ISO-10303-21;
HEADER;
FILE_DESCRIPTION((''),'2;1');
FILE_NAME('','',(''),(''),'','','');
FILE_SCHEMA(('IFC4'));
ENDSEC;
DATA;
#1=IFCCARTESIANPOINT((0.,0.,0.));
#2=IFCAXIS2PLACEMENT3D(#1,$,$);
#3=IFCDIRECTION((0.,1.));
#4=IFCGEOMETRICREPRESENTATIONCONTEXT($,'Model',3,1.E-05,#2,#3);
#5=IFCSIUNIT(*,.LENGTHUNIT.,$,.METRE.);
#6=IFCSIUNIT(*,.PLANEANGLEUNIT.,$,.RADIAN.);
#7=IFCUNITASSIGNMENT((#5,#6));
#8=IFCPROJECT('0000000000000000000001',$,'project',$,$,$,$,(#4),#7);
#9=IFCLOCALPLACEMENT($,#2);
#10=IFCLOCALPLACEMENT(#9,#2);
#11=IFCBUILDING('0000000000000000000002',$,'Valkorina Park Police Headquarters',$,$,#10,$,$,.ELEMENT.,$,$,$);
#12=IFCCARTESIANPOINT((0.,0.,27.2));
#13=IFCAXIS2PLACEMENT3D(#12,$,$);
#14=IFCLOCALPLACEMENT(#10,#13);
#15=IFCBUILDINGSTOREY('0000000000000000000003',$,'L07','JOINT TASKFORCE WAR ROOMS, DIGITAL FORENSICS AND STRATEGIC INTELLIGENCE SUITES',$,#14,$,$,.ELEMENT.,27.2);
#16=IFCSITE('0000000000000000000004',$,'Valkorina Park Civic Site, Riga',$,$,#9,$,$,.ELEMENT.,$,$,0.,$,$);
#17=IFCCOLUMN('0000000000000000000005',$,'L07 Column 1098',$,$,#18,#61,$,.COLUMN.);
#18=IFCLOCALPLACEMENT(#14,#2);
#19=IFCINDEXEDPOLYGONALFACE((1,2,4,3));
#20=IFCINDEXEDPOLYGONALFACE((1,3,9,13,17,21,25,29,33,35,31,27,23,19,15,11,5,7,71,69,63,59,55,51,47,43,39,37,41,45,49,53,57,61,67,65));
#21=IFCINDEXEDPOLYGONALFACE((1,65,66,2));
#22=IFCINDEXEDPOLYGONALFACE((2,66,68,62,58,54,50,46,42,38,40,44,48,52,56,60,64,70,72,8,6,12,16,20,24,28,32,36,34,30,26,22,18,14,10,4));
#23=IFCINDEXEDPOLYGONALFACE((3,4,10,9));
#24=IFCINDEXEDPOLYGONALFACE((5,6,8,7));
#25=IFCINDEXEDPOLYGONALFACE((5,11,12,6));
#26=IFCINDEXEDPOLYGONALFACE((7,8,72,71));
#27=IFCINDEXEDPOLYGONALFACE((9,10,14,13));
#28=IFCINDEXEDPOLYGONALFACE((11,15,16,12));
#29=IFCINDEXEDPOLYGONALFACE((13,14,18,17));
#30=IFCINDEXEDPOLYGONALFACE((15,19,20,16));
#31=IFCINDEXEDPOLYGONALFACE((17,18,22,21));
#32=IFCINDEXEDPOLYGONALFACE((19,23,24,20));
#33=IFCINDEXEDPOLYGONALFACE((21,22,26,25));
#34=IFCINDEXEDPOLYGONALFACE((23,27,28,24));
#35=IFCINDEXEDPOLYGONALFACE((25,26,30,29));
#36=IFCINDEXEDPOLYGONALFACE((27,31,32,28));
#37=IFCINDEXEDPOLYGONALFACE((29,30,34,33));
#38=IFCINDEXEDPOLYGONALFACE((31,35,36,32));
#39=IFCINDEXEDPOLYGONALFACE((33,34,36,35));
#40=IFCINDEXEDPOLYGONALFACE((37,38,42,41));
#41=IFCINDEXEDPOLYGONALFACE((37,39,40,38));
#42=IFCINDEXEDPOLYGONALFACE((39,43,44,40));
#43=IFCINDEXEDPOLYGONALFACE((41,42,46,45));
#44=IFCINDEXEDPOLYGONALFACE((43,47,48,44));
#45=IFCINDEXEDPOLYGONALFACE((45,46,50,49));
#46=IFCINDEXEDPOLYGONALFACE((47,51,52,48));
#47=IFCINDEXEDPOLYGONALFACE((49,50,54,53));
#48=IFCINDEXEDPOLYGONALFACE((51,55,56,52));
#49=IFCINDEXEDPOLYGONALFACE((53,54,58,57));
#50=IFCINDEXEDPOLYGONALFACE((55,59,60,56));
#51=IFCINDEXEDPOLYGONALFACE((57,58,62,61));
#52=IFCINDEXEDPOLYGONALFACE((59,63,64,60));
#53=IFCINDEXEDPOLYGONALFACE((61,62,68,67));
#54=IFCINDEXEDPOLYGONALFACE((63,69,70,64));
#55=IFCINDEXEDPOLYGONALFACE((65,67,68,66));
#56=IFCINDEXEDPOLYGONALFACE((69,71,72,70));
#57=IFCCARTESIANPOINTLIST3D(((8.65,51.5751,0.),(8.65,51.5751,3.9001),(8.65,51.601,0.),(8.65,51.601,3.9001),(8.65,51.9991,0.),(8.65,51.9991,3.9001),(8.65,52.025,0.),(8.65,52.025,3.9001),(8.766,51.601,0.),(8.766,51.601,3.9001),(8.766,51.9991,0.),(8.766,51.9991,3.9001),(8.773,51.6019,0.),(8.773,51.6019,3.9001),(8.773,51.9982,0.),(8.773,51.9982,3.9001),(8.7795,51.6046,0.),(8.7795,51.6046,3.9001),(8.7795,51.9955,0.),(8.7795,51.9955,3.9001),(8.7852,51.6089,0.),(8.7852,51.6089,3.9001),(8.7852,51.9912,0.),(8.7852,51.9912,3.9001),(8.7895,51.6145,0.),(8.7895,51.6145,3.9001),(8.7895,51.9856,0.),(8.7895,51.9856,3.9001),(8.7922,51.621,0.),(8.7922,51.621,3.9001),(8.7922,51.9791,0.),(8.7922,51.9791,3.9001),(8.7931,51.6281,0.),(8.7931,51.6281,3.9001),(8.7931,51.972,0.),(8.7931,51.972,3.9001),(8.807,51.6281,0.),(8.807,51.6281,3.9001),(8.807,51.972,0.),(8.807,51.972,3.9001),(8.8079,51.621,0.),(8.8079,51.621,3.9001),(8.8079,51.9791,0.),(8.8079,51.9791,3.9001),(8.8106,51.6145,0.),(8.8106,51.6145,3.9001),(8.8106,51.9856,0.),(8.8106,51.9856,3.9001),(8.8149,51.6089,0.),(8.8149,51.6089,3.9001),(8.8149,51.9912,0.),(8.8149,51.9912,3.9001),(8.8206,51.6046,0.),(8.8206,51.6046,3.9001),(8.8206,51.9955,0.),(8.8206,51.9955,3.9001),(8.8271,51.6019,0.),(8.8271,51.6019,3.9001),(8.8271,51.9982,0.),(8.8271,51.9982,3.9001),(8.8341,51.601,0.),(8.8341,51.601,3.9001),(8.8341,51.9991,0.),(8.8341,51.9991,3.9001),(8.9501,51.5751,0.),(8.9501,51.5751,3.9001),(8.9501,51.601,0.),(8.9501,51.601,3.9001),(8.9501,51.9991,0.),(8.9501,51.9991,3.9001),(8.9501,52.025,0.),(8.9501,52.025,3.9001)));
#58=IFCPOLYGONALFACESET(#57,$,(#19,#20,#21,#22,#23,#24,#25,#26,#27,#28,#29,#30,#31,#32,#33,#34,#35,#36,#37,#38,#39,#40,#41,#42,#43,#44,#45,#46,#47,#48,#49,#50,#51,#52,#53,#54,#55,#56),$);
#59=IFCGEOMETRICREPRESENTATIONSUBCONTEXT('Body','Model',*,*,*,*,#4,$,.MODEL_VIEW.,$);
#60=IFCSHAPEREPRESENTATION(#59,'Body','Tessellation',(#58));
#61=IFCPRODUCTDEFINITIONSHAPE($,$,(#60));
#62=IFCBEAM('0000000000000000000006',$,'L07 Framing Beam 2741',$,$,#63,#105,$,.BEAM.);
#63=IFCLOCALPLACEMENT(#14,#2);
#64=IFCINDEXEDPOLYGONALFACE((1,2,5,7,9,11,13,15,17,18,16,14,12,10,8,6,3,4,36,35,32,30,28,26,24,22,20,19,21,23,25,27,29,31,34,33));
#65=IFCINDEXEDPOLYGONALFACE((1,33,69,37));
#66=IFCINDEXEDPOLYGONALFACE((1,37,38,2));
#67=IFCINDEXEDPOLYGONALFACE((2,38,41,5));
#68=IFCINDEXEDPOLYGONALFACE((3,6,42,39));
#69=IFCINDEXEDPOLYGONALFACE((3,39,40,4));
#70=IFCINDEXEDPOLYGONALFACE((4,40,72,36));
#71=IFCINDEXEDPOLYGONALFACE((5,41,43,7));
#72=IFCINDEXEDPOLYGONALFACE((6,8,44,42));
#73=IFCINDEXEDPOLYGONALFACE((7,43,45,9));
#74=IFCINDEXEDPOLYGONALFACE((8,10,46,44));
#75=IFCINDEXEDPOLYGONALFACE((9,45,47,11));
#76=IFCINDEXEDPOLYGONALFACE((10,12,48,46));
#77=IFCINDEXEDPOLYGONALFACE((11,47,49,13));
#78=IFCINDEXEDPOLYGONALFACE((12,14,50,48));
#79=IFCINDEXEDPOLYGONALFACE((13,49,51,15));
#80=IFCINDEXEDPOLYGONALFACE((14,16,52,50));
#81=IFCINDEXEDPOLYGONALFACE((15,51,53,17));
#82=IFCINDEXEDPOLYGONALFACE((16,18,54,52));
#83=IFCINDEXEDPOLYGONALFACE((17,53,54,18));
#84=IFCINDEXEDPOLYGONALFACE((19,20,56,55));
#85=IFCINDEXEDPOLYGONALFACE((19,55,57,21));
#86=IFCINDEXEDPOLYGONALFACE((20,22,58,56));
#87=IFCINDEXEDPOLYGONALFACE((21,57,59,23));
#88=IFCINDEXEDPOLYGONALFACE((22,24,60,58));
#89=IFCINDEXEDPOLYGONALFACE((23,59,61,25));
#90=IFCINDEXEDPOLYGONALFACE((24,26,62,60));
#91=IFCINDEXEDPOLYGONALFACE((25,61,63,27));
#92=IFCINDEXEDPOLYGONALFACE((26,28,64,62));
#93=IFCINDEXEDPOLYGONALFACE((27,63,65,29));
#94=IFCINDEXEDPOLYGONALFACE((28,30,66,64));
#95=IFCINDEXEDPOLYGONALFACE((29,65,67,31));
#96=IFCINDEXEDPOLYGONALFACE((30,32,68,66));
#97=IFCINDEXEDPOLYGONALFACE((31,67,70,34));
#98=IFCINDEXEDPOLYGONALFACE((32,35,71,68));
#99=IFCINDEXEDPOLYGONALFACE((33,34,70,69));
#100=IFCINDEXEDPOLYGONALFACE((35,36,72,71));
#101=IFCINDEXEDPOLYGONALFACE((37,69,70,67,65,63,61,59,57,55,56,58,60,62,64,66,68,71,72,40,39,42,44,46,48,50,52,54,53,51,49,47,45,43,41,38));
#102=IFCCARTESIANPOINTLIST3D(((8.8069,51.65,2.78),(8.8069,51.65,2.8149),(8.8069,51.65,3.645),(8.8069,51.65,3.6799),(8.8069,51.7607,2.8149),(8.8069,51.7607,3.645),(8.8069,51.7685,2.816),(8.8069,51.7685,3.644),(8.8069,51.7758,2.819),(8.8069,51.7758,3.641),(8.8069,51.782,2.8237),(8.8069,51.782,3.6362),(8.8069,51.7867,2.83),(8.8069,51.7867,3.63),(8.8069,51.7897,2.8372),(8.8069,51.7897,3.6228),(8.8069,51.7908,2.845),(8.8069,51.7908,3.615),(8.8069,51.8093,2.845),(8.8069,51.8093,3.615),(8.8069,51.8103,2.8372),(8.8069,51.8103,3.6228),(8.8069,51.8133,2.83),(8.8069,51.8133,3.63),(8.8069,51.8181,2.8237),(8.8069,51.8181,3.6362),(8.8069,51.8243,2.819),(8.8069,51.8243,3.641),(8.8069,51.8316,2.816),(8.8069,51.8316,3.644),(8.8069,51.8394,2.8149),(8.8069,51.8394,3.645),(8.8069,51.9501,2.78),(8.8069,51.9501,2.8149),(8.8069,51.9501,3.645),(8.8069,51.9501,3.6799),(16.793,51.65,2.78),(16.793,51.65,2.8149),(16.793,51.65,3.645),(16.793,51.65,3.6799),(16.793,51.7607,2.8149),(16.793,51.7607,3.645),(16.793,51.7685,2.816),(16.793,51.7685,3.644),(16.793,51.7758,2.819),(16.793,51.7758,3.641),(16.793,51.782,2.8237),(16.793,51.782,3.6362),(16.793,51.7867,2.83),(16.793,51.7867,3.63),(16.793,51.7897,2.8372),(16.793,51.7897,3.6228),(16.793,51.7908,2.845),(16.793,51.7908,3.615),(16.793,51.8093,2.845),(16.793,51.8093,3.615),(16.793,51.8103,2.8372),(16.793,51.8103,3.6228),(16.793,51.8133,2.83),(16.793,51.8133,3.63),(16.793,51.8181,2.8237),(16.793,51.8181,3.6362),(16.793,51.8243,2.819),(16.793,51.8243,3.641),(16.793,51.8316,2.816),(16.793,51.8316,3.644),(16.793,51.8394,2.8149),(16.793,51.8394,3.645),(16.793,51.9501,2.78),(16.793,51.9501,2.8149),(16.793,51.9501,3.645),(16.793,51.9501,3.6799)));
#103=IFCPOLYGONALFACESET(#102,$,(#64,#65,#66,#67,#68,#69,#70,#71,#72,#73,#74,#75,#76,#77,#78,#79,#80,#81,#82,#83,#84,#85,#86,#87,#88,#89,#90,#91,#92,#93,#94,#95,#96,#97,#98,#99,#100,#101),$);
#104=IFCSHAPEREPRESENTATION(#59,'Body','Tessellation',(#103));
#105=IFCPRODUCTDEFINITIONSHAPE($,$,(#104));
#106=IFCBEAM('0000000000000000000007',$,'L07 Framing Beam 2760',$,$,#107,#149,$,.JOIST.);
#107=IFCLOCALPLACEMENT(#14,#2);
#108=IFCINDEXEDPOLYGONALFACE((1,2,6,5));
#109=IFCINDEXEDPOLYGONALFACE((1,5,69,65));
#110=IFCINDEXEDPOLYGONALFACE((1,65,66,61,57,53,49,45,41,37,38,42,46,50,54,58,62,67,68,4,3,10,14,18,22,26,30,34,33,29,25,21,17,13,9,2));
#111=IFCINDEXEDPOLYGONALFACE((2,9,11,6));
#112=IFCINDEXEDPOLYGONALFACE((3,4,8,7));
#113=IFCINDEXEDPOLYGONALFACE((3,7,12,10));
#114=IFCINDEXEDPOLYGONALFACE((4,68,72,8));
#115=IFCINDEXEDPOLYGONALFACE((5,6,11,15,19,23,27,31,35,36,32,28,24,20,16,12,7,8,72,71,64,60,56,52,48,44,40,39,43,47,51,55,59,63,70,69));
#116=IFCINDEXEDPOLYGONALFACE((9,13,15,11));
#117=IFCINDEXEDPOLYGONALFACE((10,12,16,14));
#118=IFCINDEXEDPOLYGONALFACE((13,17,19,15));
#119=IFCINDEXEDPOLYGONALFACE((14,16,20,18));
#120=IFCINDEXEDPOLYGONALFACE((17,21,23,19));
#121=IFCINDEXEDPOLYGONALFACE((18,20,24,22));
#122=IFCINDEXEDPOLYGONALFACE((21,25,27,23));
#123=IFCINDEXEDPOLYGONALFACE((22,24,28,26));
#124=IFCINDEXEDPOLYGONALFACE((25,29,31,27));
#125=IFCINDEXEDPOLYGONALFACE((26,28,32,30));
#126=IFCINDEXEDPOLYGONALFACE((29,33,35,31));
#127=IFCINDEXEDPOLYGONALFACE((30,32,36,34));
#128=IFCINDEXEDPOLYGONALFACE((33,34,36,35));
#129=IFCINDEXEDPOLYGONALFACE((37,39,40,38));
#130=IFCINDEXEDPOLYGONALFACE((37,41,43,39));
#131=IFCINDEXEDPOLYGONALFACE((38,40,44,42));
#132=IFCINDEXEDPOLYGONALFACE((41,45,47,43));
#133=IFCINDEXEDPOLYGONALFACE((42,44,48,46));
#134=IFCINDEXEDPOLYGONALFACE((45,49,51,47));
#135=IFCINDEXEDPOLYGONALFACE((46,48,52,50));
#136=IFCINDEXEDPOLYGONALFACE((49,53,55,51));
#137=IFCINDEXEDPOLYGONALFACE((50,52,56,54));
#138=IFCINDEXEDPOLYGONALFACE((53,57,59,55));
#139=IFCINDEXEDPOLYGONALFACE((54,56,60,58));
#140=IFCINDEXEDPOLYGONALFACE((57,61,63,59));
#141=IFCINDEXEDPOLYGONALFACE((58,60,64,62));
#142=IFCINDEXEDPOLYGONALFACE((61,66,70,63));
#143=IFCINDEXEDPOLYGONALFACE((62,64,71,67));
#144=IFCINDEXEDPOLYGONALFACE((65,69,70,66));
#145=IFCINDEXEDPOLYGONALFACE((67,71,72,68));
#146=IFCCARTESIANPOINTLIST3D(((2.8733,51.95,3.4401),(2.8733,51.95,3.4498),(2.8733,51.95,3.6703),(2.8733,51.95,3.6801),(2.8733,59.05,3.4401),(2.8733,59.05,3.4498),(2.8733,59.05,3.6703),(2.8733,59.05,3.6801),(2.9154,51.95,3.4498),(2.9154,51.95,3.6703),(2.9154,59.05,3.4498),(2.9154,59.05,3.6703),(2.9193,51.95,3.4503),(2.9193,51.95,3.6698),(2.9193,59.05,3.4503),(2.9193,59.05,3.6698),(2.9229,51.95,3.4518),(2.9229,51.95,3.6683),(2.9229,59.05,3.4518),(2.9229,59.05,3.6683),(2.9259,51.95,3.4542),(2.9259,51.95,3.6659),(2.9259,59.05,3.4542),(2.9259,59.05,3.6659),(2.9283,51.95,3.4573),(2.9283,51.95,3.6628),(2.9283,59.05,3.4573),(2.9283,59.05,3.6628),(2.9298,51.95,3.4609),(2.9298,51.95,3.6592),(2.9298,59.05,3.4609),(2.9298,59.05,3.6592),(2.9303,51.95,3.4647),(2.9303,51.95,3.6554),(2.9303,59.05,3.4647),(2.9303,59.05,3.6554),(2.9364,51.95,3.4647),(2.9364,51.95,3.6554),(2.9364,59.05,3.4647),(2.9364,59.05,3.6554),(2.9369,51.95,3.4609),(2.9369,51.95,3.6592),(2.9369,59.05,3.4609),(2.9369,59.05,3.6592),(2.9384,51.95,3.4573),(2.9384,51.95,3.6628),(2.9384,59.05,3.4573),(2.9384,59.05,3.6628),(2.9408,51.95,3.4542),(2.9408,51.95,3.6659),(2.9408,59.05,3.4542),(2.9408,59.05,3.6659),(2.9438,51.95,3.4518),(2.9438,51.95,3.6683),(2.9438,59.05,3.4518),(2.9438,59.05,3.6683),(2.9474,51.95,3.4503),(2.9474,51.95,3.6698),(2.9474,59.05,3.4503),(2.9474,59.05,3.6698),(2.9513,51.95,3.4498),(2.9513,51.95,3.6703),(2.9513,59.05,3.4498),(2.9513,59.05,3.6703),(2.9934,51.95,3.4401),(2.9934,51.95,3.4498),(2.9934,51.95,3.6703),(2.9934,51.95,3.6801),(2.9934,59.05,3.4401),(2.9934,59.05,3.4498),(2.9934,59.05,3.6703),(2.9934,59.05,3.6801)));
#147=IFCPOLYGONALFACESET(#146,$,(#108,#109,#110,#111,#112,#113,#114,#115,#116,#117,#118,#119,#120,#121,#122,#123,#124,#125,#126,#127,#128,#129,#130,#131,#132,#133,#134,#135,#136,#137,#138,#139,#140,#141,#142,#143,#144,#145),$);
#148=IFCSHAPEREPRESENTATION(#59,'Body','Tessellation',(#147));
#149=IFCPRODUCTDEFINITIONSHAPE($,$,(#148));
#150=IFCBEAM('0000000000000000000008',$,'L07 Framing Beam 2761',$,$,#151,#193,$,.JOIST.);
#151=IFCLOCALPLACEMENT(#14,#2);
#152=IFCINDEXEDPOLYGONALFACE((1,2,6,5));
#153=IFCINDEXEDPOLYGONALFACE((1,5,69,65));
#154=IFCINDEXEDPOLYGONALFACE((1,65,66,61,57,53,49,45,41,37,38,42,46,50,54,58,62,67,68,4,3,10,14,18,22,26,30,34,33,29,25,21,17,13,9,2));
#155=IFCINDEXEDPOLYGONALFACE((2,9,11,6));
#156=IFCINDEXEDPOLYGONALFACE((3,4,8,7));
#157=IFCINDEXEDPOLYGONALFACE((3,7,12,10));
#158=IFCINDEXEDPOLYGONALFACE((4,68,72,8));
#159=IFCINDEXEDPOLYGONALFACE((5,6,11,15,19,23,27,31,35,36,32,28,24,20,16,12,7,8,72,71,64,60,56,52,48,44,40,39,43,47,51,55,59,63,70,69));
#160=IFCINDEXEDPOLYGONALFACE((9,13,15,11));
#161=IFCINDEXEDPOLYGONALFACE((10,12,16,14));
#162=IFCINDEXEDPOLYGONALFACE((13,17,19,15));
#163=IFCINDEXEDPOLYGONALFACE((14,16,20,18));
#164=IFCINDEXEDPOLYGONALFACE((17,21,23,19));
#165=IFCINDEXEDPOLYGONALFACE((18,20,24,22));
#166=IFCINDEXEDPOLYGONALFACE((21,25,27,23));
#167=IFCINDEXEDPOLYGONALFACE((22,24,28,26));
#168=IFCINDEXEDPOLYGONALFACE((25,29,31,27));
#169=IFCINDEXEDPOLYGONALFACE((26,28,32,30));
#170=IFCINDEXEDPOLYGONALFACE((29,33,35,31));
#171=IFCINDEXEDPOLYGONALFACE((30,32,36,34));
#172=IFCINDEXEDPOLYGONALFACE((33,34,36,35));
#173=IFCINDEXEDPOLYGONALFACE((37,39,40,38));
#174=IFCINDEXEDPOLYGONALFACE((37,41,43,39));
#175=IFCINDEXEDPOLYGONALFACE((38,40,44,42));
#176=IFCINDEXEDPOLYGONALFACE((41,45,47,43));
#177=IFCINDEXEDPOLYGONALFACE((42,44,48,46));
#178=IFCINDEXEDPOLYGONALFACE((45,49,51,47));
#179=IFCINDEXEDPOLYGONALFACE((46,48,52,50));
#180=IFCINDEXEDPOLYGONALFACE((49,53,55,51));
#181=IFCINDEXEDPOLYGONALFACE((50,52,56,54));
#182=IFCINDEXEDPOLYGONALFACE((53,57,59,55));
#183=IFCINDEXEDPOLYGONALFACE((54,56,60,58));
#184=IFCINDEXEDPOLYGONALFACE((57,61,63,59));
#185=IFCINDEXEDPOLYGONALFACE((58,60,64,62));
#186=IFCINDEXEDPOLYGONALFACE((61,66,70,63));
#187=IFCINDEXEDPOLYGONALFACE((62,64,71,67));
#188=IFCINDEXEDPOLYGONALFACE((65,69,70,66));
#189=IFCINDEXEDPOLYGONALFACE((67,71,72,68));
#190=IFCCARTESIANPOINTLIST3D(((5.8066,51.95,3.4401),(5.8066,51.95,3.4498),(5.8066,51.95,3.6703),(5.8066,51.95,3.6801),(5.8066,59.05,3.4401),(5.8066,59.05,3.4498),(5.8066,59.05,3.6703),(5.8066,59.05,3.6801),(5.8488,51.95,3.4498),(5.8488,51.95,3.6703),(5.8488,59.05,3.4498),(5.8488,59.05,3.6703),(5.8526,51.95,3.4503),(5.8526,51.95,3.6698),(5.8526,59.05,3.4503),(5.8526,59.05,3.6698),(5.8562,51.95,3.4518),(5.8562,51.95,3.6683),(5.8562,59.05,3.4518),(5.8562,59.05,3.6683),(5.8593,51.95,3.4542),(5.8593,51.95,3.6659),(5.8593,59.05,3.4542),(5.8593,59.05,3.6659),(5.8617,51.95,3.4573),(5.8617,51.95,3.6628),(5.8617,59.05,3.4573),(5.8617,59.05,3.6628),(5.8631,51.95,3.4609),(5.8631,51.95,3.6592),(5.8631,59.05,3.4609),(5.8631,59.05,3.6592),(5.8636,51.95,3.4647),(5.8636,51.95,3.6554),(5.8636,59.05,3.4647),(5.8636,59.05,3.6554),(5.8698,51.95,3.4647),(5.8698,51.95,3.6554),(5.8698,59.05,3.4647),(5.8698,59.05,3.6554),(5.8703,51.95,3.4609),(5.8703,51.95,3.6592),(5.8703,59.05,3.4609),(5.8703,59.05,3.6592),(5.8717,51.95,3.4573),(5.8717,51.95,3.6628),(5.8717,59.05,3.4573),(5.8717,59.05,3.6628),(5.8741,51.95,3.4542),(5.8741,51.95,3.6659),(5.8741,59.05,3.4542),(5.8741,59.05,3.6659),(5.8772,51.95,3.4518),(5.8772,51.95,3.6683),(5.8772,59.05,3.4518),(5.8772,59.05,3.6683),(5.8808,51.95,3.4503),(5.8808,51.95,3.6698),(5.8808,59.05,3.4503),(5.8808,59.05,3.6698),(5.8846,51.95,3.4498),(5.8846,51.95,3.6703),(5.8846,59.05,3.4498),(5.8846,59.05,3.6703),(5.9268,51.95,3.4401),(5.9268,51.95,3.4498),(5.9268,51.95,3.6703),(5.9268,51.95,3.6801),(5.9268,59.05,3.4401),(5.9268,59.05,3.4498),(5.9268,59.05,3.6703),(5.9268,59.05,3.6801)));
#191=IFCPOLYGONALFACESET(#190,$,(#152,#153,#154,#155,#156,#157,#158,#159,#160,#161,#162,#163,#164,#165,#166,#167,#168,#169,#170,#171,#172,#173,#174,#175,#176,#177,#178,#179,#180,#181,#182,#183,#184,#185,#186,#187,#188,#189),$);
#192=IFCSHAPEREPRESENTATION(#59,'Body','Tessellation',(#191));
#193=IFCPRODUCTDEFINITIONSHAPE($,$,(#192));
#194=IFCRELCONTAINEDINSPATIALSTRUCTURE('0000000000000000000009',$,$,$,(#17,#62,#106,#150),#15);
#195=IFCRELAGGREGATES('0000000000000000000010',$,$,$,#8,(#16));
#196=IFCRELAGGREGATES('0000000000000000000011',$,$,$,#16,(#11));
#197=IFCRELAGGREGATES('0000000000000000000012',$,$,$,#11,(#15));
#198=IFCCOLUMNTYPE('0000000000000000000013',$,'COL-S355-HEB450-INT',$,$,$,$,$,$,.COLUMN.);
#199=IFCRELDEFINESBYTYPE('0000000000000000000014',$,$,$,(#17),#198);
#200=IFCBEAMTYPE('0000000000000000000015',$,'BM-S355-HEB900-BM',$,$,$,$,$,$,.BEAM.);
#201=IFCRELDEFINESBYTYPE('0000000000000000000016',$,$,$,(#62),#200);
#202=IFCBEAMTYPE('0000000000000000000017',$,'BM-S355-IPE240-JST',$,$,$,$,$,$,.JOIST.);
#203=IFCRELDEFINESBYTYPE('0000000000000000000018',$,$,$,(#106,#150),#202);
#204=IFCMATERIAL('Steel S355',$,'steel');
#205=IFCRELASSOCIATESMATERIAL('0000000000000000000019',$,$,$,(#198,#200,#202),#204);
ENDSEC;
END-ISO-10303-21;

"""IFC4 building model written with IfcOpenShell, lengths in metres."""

from ifc_helpers import new_model, si_unit, direction, frame, origin, origin_2d, place, context, subcontext, project, spatial, i_section, extrude, material, material_profile, profile_set, type_object, element, save


model = new_model("IFC4")

# Units and contexts
model_context = context("Model", 3, precision=1e-05, world=origin(), true_north=direction((0.0, 1.0)))
body_context = subcontext(model_context, "Body", "Model", "MODEL_VIEW")
ifc_project = project(units=[si_unit("LENGTHUNIT", "METRE"), si_unit("PLANEANGLEUNIT", "RADIAN")], contexts=[model_context])

# Site, building, storey
site_placement = place(None, origin())
site = spatial("IfcSite", under=ifc_project, at=site_placement, Name="Valkorina Park Civic Site, Riga", CompositionType="ELEMENT", RefElevation=0.0)
building_placement = place(site_placement, origin())
building = spatial("IfcBuilding", under=site, at=building_placement, Name="Valkorina Park Police Headquarters", CompositionType="ELEMENT")
storey_placement = place(building_placement, frame((0.0, 0.0, 27.2)))
storey = spatial("IfcBuildingStorey", under=building, at=storey_placement, Name="L07", Description="JOINT TASKFORCE WAR ROOMS, DIGITAL FORENSICS AND STRATEGIC INTELLIGENCE SUITES", CompositionType="ELEMENT", Elevation=27.2)

# Column
ifc_material_1 = material(Name="Steel S355", Category="steel")
ifc_material_profile_1 = material_profile(ifc_material_1, i_section(OverallWidth=0.3, OverallDepth=0.45, WebThickness=0.0139, FlangeThickness=0.0259, FilletRadius=0.0271, at=origin_2d()), Name="HEB 450")
ifc_profile_set_1 = profile_set([ifc_material_profile_1], Name="Steel S355")
column_type = type_object("IfcColumnType", Name="COL-S355-HEB450-INT", PredefinedType="COLUMN", material=ifc_profile_set_1)
column_placement = place(storey_placement, frame((8.8, 51.8, 0.0), z_axis=(0.0, 0.0, 1.0), x_axis=(1.0, 0.0, 0.0)))
element("IfcColumn", 1, at=column_placement, inside=storey, type_object=column_type, Name="L07 Column 1098", PredefinedType="COLUMN", context=body_context, shape_type="SweptSolid", body=[
    extrude(i_section(OverallWidth=0.3, OverallDepth=0.45, WebThickness=0.0139, FlangeThickness=0.0259, FilletRadius=0.0271, at=origin_2d()), origin(), (0.0, 0.0, 1.0), 3.9001),
])

# Beams
ifc_material_profile_2 = material_profile(ifc_material_1, i_section(OverallWidth=0.3, OverallDepth=0.8999, WebThickness=0.0186, FlangeThickness=0.0349, FilletRadius=0.03, at=origin_2d()), Name="HEB 900")
ifc_profile_set_2 = profile_set([ifc_material_profile_2], Name="Steel S355")
beam_type_1 = type_object("IfcBeamType", Name="BM-S355-HEB900-BM", PredefinedType="BEAM", material=ifc_profile_set_2)
beam_1_placement = place(storey_placement, frame((8.8069, 51.8, 3.23), z_axis=(1.0, 0.0, 0.0), x_axis=(0.0, 1.0, 0.0)))
element("IfcBeam", 2, at=beam_1_placement, inside=storey, type_object=beam_type_1, Name="L07 Framing Beam 2741", PredefinedType="BEAM", context=body_context, shape_type="SweptSolid", body=[
    extrude(i_section(OverallWidth=0.3, OverallDepth=0.8999, WebThickness=0.0186, FlangeThickness=0.0349, FilletRadius=0.03, at=origin_2d()), origin(), (0.0, 0.0, 1.0), 7.9861),
])
ifc_material_profile_3 = material_profile(ifc_material_1, i_section(OverallWidth=0.1201, OverallDepth=0.24, WebThickness=0.0061, FlangeThickness=0.0098, FilletRadius=0.0149, at=origin_2d()), Name="IPE 240")
ifc_profile_set_3 = profile_set([ifc_material_profile_3], Name="Steel S355")
beam_type_2 = type_object("IfcBeamType", Name="BM-S355-IPE240-JST", PredefinedType="JOIST", material=ifc_profile_set_3)
for number, where, z_axis, x_axis, name in (
    (3, (2.9333, 51.95, 3.5601), (0.0, 1.0, 0.0), (-1.0, 0.0, 0.0), "L07 Framing Beam 2760"),
    (4, (5.8667, 51.95, 3.5601), (0.0, 1.0, 0.0), (-1.0, 0.0, 0.0), "L07 Framing Beam 2761"),
):
    element("IfcBeam", number, at=place(storey_placement, frame(where, z_axis=z_axis, x_axis=x_axis)), inside=storey, type_object=beam_type_2, Name=name, PredefinedType="JOIST", context=body_context, shape_type="SweptSolid", body=[
        extrude(i_section(OverallWidth=0.1201, OverallDepth=0.24, WebThickness=0.0061, FlangeThickness=0.0098, FilletRadius=0.0149, at=origin_2d()), origin(), (0.0, 0.0, 1.0), 7.1001),
    ])

save(model, "model.ifc")
